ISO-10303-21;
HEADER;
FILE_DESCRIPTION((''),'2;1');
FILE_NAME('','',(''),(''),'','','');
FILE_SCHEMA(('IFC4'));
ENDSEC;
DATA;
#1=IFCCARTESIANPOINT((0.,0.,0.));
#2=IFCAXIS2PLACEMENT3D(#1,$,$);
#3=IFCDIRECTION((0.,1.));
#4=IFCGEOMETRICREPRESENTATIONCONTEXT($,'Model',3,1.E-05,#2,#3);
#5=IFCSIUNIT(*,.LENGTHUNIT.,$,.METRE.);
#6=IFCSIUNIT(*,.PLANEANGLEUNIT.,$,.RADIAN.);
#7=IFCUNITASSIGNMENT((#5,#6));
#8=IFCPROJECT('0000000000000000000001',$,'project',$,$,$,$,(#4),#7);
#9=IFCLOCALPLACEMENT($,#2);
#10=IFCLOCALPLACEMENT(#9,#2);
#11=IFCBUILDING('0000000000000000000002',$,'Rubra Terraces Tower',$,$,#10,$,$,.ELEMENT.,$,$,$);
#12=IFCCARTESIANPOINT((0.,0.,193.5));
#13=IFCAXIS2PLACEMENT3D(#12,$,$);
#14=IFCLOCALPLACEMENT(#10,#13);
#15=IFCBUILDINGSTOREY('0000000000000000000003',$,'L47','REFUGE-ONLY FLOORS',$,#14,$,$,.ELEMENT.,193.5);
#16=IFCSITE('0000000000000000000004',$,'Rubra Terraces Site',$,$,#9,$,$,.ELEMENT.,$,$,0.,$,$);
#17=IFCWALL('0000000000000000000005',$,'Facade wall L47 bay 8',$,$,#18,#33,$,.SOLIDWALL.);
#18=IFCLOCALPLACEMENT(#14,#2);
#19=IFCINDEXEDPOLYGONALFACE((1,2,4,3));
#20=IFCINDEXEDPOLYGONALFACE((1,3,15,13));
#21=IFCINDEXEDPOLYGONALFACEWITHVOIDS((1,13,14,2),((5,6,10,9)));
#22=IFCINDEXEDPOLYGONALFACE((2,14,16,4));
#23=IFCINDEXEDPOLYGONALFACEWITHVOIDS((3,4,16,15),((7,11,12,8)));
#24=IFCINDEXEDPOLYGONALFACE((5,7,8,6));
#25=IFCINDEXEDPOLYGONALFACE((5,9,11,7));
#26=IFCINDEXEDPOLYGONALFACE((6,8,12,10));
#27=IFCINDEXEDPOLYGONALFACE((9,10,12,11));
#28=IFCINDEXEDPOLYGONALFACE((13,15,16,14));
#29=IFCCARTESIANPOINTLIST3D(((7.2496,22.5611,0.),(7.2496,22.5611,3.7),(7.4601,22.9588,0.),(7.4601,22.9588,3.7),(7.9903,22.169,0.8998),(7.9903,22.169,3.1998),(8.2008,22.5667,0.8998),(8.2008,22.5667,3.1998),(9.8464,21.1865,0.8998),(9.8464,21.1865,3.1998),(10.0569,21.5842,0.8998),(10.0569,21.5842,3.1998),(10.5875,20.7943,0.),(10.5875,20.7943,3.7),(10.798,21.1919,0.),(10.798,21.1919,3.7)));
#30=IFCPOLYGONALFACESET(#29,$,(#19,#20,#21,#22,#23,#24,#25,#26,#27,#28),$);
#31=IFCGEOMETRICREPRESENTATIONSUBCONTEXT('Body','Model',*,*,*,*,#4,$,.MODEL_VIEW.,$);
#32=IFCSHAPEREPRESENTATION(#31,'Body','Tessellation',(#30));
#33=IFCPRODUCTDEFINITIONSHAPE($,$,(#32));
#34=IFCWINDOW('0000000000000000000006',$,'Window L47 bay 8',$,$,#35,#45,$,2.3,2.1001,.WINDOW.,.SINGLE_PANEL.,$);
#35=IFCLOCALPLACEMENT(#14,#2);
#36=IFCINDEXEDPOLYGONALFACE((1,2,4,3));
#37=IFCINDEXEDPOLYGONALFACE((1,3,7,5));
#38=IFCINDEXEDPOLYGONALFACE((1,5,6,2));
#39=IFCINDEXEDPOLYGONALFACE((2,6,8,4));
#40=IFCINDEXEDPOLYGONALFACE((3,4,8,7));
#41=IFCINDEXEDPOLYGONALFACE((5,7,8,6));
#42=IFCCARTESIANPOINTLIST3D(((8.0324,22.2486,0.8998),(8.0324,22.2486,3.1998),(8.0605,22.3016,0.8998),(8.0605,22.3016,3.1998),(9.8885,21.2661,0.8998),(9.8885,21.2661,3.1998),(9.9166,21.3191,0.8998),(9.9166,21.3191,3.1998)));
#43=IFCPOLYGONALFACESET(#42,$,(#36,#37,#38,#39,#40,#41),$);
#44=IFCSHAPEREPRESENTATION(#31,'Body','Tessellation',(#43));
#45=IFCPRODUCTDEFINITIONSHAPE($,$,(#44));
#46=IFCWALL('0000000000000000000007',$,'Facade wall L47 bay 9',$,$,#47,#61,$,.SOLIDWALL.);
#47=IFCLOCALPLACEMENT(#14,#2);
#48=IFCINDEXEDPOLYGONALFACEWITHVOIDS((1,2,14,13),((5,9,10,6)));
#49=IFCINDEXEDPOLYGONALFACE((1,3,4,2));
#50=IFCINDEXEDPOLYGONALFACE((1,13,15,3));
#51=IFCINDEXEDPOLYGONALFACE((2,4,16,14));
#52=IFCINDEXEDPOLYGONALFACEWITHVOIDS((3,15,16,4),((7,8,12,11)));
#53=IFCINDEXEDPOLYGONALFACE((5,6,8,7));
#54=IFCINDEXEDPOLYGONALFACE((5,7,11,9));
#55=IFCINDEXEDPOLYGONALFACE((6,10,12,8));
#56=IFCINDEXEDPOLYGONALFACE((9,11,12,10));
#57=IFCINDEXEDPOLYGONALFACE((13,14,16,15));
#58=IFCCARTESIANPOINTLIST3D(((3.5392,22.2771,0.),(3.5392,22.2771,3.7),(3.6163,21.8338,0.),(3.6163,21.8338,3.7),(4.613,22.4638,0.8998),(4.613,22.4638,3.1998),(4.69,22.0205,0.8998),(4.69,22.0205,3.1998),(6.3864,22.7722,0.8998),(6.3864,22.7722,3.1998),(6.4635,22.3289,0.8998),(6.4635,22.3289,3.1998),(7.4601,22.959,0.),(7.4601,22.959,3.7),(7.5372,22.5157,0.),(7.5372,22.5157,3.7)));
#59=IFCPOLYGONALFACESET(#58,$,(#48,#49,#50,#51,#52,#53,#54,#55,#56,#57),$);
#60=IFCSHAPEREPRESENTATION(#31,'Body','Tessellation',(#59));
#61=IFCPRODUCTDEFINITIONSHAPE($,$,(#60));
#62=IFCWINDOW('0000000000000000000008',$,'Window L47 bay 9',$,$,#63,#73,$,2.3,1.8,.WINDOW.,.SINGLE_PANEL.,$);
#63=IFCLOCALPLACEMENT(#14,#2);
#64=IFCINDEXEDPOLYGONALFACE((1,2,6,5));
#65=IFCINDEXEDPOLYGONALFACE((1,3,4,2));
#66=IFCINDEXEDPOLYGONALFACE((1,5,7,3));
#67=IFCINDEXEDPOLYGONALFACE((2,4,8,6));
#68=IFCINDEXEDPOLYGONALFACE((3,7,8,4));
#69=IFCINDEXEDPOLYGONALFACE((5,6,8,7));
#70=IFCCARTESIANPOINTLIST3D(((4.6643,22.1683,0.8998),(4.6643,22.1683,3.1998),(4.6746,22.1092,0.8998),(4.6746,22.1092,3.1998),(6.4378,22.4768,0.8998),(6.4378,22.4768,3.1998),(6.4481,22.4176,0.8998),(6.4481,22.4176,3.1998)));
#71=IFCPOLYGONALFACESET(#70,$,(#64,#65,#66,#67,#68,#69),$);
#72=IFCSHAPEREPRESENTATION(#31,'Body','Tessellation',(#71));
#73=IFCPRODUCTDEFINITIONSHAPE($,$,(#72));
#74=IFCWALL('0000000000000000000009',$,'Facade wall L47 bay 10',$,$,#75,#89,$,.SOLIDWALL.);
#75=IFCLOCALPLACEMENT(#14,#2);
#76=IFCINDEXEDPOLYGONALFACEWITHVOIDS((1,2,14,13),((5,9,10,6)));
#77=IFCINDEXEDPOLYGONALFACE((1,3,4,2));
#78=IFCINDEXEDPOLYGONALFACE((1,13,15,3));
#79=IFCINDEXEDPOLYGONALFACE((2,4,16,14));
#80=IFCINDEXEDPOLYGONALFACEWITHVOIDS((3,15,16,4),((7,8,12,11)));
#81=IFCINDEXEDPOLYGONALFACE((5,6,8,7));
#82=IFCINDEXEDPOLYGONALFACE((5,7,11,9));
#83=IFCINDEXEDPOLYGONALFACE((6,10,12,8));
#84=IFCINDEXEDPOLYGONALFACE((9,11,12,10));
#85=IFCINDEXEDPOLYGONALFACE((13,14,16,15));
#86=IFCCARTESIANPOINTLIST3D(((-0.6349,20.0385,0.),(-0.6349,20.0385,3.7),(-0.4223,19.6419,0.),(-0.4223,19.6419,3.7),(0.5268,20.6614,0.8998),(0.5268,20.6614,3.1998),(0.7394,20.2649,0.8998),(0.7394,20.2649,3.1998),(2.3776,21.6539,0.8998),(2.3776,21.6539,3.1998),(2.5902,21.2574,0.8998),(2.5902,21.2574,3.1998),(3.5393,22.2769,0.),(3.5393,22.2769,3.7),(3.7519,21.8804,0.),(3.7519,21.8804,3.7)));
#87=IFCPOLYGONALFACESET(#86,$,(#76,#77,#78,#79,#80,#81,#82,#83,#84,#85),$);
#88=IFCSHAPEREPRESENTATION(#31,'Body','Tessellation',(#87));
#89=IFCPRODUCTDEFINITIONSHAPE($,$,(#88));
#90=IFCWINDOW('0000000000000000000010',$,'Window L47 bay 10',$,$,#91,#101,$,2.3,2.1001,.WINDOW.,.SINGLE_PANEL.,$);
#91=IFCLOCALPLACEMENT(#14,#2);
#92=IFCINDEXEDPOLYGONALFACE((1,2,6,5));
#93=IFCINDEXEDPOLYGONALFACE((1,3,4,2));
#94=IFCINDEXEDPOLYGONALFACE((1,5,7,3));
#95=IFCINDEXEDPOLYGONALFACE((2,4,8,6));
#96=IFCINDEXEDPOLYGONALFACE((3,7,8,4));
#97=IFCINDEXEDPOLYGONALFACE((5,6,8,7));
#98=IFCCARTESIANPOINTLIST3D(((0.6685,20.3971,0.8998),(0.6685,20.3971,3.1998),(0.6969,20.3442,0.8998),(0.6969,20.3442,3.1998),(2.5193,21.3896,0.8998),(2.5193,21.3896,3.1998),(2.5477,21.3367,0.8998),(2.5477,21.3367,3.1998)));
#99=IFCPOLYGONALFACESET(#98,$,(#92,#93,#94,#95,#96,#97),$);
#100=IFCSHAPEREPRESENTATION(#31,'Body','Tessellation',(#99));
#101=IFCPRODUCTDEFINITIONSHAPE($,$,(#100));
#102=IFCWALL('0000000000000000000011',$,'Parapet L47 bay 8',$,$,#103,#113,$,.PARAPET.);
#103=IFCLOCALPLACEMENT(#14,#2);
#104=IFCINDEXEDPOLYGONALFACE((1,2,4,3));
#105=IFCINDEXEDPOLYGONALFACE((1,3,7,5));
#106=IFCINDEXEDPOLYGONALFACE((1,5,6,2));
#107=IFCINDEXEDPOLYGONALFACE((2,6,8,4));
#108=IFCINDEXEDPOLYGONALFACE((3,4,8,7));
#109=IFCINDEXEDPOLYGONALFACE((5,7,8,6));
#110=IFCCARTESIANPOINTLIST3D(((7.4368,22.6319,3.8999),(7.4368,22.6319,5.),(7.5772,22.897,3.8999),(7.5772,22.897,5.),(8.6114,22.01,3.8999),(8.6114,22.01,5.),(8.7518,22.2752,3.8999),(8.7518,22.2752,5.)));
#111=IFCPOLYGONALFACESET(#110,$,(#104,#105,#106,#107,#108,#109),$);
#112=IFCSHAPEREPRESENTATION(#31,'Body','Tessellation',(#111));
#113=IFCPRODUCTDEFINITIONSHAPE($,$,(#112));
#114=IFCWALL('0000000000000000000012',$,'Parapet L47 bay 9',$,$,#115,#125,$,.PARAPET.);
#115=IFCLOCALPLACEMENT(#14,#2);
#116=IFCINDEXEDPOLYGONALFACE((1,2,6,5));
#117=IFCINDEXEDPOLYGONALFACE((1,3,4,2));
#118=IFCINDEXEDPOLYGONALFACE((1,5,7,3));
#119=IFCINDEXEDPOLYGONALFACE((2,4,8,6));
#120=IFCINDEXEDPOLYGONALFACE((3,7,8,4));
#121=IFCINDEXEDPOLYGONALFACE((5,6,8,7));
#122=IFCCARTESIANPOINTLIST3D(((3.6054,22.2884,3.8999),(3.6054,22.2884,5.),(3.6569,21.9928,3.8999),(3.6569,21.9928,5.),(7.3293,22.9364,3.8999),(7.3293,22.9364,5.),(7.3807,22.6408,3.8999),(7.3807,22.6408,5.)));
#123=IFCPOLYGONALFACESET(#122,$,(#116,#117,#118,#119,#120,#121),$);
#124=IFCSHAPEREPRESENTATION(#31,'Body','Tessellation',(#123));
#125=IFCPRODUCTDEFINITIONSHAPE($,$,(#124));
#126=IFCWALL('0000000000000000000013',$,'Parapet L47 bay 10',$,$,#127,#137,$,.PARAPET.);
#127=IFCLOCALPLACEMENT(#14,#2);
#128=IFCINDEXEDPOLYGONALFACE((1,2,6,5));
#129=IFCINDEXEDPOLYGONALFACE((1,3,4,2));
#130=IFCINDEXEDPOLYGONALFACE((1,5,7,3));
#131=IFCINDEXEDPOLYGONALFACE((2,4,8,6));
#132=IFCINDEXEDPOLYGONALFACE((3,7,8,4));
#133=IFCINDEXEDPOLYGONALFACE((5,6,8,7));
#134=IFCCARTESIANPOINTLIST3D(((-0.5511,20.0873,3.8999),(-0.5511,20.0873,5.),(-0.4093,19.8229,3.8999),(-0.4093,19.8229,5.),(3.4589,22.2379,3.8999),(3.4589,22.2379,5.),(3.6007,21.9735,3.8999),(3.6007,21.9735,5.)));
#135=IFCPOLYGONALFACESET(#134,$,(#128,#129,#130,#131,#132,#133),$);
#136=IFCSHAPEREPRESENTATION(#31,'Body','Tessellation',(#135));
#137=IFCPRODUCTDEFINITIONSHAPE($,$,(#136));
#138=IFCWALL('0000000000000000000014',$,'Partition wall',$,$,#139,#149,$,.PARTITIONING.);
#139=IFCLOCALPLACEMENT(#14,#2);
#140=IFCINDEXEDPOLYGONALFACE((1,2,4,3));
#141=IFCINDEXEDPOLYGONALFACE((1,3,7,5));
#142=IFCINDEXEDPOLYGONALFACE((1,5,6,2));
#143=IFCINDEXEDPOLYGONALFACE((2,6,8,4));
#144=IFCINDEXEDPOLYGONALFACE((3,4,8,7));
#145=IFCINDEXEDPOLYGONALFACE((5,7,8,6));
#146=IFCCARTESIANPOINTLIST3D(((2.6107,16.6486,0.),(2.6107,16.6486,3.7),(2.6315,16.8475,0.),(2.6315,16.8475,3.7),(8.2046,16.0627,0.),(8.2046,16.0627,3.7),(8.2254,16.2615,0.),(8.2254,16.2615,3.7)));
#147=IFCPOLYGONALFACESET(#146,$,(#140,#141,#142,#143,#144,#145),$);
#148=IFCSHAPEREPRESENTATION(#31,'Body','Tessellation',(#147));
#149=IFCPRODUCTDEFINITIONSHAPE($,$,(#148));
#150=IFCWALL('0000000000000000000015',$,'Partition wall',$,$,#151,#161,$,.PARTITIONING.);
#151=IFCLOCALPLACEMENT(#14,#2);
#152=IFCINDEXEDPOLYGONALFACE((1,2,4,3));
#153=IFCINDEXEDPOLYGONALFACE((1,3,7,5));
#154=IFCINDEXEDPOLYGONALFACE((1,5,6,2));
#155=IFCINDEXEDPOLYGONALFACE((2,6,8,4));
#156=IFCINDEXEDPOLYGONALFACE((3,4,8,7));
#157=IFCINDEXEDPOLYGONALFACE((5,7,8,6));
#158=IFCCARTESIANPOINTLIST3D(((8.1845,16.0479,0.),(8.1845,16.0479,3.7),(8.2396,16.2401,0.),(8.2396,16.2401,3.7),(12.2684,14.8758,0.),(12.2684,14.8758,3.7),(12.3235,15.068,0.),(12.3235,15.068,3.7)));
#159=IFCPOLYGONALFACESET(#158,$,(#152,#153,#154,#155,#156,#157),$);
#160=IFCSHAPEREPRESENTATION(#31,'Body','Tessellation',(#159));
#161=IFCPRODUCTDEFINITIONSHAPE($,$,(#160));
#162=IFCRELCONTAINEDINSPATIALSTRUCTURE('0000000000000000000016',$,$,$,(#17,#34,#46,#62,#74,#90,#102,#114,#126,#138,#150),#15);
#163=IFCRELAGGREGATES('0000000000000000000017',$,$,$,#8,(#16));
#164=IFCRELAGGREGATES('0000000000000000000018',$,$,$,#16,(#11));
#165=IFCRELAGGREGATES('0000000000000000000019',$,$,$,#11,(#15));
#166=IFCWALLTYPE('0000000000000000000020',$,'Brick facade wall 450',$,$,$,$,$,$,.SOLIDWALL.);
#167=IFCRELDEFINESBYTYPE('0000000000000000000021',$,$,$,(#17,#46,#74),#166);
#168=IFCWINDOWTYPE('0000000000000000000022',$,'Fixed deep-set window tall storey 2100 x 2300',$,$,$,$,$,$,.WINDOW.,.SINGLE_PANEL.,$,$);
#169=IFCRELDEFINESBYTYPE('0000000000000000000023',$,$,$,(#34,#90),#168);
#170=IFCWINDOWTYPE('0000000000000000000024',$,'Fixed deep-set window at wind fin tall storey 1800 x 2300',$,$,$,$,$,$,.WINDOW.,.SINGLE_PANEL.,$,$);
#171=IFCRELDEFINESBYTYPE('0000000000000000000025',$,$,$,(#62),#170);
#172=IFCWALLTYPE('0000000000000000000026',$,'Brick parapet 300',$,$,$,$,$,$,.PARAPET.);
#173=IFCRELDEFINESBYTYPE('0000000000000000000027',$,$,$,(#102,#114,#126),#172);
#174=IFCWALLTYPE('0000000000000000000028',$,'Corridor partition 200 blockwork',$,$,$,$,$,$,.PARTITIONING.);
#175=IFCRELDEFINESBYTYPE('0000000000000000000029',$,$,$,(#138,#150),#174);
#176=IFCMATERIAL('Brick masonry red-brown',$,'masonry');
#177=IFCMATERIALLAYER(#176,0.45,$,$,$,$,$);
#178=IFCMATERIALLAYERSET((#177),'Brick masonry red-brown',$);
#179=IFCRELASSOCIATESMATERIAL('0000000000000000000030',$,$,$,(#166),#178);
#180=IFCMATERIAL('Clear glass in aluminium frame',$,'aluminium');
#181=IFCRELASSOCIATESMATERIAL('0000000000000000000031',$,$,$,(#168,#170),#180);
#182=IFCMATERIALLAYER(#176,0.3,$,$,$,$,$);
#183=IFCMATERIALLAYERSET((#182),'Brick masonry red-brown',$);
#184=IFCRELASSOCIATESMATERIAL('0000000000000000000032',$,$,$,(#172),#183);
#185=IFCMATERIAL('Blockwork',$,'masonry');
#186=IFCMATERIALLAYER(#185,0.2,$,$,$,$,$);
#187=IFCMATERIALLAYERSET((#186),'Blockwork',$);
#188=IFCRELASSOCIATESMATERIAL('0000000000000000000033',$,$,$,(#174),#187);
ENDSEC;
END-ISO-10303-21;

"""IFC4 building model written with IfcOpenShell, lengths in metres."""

from ifc_helpers import new_model, si_unit, direction, frame, frame_2d, origin, place, context, subcontext, project, spatial, rectangle, extrude, material, layer, layer_set, type_object, element, fill, save


model = new_model("IFC4")

# Units and contexts
model_context = context("Model", 3, precision=1e-05, world=origin(), true_north=direction((0.0, 1.0)))
body_context = subcontext(model_context, "Body", "Model", "MODEL_VIEW")
ifc_project = project(units=[si_unit("LENGTHUNIT", "METRE"), si_unit("PLANEANGLEUNIT", "RADIAN")], contexts=[model_context])

# Site, building, storey
site_placement = place(None, origin())
site = spatial("IfcSite", under=ifc_project, at=site_placement, Name="Rubra Terraces Site", CompositionType="ELEMENT", RefElevation=0.0)
building_placement = place(site_placement, origin())
building = spatial("IfcBuilding", under=site, at=building_placement, Name="Rubra Terraces Tower", CompositionType="ELEMENT")
storey_placement = place(building_placement, frame((0.0, 0.0, 193.5)))
storey = spatial("IfcBuildingStorey", under=building, at=storey_placement, Name="L47", Description="REFUGE-ONLY FLOORS", CompositionType="ELEMENT", Elevation=193.5)

# Walls, openings, windows
ifc_material_1 = material(Name="Brick masonry red-brown", Category="masonry")
ifc_layer_1 = layer(ifc_material_1, 0.45)
ifc_layer_set_1 = layer_set([ifc_layer_1], Name="Brick masonry red-brown")
wall_type_1 = type_object("IfcWallType", Name="Brick facade wall 450", PredefinedType="SOLIDWALL", material=ifc_layer_set_1)
wall_1_placement = place(storey_placement, frame((10.6926, 20.9932, 0.0), z_axis=(0.0, 0.0, 1.0), x_axis=(-0.883818, 0.467831, 0.0)))
wall_1 = element("IfcWall", 1, at=wall_1_placement, inside=storey, type_object=wall_type_1, Name="Facade wall L47 bay 8", PredefinedType="SOLIDWALL", context=body_context, shape_type="SweptSolid", body=[
    extrude(rectangle(XDim=3.7766, YDim=0.45, at=frame_2d((1.8882, 0.0))), origin(), (0.0, 0.0, 1.0), 3.7),
])
opening_1_placement = place(wall_1_placement, frame((0.8384, 0.0, 0.8999)))
opening_1 = element("IfcOpeningElement", 2, at=opening_1_placement, cuts=wall_1, PredefinedType="OPENING", context=body_context, shape_type="SweptSolid", body=[
    extrude(rectangle(XDim=2.1001, YDim=2.3, at=frame_2d((1.05, 1.1499))), frame((0.0, 0.2349, 0.0), z_axis=(0.0, -1.0, 0.0), x_axis=(1.0, 0.0, 0.0)), (0.0, 0.0, 1.0), 0.47),
])
ifc_material_2 = material(Name="Clear glass in aluminium frame", Category="aluminium")
window_type_1 = type_object("IfcWindowType", Name="Fixed deep-set window tall storey 2100 x 2300", PartitioningType="SINGLE_PANEL", PredefinedType="WINDOW", material=ifc_material_2)
window_1_placement = place(opening_1_placement, origin())
window_1 = element("IfcWindow", 3, at=window_1_placement, inside=storey, type_object=window_type_1, Name="Window L47 bay 8", OverallHeight=2.3, OverallWidth=2.1001, PartitioningType="SINGLE_PANEL", PredefinedType="WINDOW", context=body_context, shape_type="SweptSolid", body=[
    extrude(rectangle(XDim=2.1001, YDim=2.3, at=frame_2d((1.05, 1.1499))), frame((0.0, 0.135, 0.0), z_axis=(0.0, -1.0, 0.0), x_axis=(1.0, 0.0, 0.0)), (0.0, 0.0, 1.0), 0.0601),
])
fill(opening_1, window_1)
wall_2_placement = place(storey_placement, frame((7.4985, 22.7373, 0.0), z_axis=(0.0, 0.0, 1.0), x_axis=(-0.985212, -0.171339, 0.0)))
wall_2 = element("IfcWall", 4, at=wall_2_placement, inside=storey, type_object=wall_type_1, Name="Facade wall L47 bay 9", PredefinedType="SOLIDWALL", context=body_context, shape_type="SweptSolid", body=[
    extrude(rectangle(XDim=3.9797, YDim=0.45, at=frame_2d((1.9897, 0.0))), origin(), (0.0, 0.0, 1.0), 3.7),
])
opening_2_placement = place(wall_2_placement, frame((1.0898, 0.0, 0.8999)))
opening_2 = element("IfcOpeningElement", 5, at=opening_2_placement, cuts=wall_2, PredefinedType="OPENING", context=body_context, shape_type="SweptSolid", body=[
    extrude(rectangle(XDim=1.8, YDim=2.3, at=frame_2d((0.8999, 1.1499))), frame((0.0, 0.2349, 0.0), z_axis=(0.0, -1.0, 0.0), x_axis=(1.0, 0.0, 0.0)), (0.0, 0.0, 1.0), 0.47),
])
window_type_2 = type_object("IfcWindowType", Name="Fixed deep-set window at wind fin tall storey 1800 x 2300", PartitioningType="SINGLE_PANEL", PredefinedType="WINDOW", material=ifc_material_2)
window_2_placement = place(opening_2_placement, origin())
window_2 = element("IfcWindow", 6, at=window_2_placement, inside=storey, type_object=window_type_2, Name="Window L47 bay 9", OverallHeight=2.3, OverallWidth=1.8, PartitioningType="SINGLE_PANEL", PredefinedType="WINDOW", context=body_context, shape_type="SweptSolid", body=[
    extrude(rectangle(XDim=1.8, YDim=2.3, at=frame_2d((0.8999, 1.1499))), frame((0.0, 0.135, 0.0), z_axis=(0.0, -1.0, 0.0), x_axis=(1.0, 0.0, 0.0)), (0.0, 0.0, 1.0), 0.0601),
])
fill(opening_2, window_2)
wall_3_placement = place(storey_placement, frame((3.6455, 22.0786, 0.0), z_axis=(0.0, 0.0, 1.0), x_axis=(-0.881279, -0.472596, 0.0)))
wall_3 = element("IfcWall", 7, at=wall_3_placement, inside=storey, type_object=wall_type_1, Name="Facade wall L47 bay 10", PredefinedType="SOLIDWALL", context=body_context, shape_type="SweptSolid", body=[
    extrude(rectangle(XDim=4.7366, YDim=0.45, at=frame_2d((2.3682, 0.0))), origin(), (0.0, 0.0, 1.0), 3.7),
])
opening_3_placement = place(wall_3_placement, frame((1.3181, 0.0, 0.8999)))
opening_3 = element("IfcOpeningElement", 8, at=opening_3_placement, cuts=wall_3, PredefinedType="OPENING", context=body_context, shape_type="SweptSolid", body=[
    extrude(rectangle(XDim=2.1001, YDim=2.3, at=frame_2d((1.05, 1.1499))), frame((0.0, 0.2349, 0.0), z_axis=(0.0, -1.0, 0.0), x_axis=(1.0, 0.0, 0.0)), (0.0, 0.0, 1.0), 0.47),
])
window_3_placement = place(opening_3_placement, origin())
window_3 = element("IfcWindow", 9, at=window_3_placement, inside=storey, type_object=window_type_1, Name="Window L47 bay 10", OverallHeight=2.3, OverallWidth=2.1001, PartitioningType="SINGLE_PANEL", PredefinedType="WINDOW", context=body_context, shape_type="SweptSolid", body=[
    extrude(rectangle(XDim=2.1001, YDim=2.3, at=frame_2d((1.05, 1.1499))), frame((0.0, 0.135, 0.0), z_axis=(0.0, -1.0, 0.0), x_axis=(1.0, 0.0, 0.0)), (0.0, 0.0, 1.0), 0.0601),
])
fill(opening_3, window_3)

# Walls
ifc_layer_2 = layer(ifc_material_1, 0.3)
ifc_layer_set_2 = layer_set([ifc_layer_2], Name="Brick masonry red-brown")
wall_type_2 = type_object("IfcWallType", Name="Brick parapet 300", PredefinedType="PARAPET", material=ifc_layer_set_2)
wall_4_placement = place(storey_placement, frame((8.6816, 22.1426, 3.8999), z_axis=(0.0, 0.0, 1.0), x_axis=(-0.883788, 0.467888, 0.0)))
element("IfcWall", 10, at=wall_4_placement, inside=storey, type_object=wall_type_2, Name="Parapet L47 bay 8", PredefinedType="PARAPET", context=body_context, shape_type="SweptSolid", body=[
    extrude(rectangle(XDim=1.3291, YDim=0.3, at=frame_2d((0.6646, 0.0))), origin(), (0.0, 0.0, 1.0), 1.1001),
])
wall_5_placement = place(storey_placement, frame((7.355, 22.7886, 3.8999), z_axis=(0.0, 0.0, 1.0), x_axis=(-0.985198, -0.171423, 0.0)))
element("IfcWall", 11, at=wall_5_placement, inside=storey, type_object=wall_type_2, Name="Parapet L47 bay 9", PredefinedType="PARAPET", context=body_context, shape_type="SweptSolid", body=[
    extrude(rectangle(XDim=3.7798, YDim=0.3, at=frame_2d((1.8899, 0.0))), origin(), (0.0, 0.0, 1.0), 1.1001),
])
wall_6_placement = place(storey_placement, frame((3.5298, 22.1057, 3.8999), z_axis=(0.0, 0.0, 1.0), x_axis=(-0.881259, -0.472634, 0.0)))
element("IfcWall", 12, at=wall_6_placement, inside=storey, type_object=wall_type_2, Name="Parapet L47 bay 10", PredefinedType="PARAPET", context=body_context, shape_type="SweptSolid", body=[
    extrude(rectangle(XDim=4.5503, YDim=0.3, at=frame_2d((2.2751, 0.0))), origin(), (0.0, 0.0, 1.0), 1.1001),
])
ifc_material_3 = material(Name="Blockwork", Category="masonry")
ifc_layer_3 = layer(ifc_material_3, 0.2)
ifc_layer_set_3 = layer_set([ifc_layer_3], Name="Blockwork")
wall_type_3 = type_object("IfcWallType", Name="Corridor partition 200 blockwork", PredefinedType="PARTITIONING", material=ifc_layer_set_3)
wall_7_placement = place(storey_placement, frame((2.6211, 16.748, 0.0), z_axis=(0.0, 0.0, 1.0), x_axis=(0.994559, -0.104174, 0.0)))
element("IfcWall", 13, at=wall_7_placement, inside=storey, type_object=wall_type_3, Name="Partition wall", PredefinedType="PARTITIONING", context=body_context, shape_type="SweptSolid", body=[
    extrude(rectangle(XDim=5.6245, YDim=0.2, at=frame_2d((2.8123, 0.0))), origin(), (0.0, 0.0, 1.0), 3.7),
])
wall_8_placement = place(storey_placement, frame((8.2119, 16.144, 0.0), z_axis=(0.0, 0.0, 1.0), x_axis=(0.961196, -0.275867, 0.0)))
element("IfcWall", 14, at=wall_8_placement, inside=storey, type_object=wall_type_3, Name="Partition wall", PredefinedType="PARTITIONING", context=body_context, shape_type="SweptSolid", body=[
    extrude(rectangle(XDim=4.2488, YDim=0.2, at=frame_2d((2.1245, 0.0))), origin(), (0.0, 0.0, 1.0), 3.7),
])

save(model, "model.ifc")
